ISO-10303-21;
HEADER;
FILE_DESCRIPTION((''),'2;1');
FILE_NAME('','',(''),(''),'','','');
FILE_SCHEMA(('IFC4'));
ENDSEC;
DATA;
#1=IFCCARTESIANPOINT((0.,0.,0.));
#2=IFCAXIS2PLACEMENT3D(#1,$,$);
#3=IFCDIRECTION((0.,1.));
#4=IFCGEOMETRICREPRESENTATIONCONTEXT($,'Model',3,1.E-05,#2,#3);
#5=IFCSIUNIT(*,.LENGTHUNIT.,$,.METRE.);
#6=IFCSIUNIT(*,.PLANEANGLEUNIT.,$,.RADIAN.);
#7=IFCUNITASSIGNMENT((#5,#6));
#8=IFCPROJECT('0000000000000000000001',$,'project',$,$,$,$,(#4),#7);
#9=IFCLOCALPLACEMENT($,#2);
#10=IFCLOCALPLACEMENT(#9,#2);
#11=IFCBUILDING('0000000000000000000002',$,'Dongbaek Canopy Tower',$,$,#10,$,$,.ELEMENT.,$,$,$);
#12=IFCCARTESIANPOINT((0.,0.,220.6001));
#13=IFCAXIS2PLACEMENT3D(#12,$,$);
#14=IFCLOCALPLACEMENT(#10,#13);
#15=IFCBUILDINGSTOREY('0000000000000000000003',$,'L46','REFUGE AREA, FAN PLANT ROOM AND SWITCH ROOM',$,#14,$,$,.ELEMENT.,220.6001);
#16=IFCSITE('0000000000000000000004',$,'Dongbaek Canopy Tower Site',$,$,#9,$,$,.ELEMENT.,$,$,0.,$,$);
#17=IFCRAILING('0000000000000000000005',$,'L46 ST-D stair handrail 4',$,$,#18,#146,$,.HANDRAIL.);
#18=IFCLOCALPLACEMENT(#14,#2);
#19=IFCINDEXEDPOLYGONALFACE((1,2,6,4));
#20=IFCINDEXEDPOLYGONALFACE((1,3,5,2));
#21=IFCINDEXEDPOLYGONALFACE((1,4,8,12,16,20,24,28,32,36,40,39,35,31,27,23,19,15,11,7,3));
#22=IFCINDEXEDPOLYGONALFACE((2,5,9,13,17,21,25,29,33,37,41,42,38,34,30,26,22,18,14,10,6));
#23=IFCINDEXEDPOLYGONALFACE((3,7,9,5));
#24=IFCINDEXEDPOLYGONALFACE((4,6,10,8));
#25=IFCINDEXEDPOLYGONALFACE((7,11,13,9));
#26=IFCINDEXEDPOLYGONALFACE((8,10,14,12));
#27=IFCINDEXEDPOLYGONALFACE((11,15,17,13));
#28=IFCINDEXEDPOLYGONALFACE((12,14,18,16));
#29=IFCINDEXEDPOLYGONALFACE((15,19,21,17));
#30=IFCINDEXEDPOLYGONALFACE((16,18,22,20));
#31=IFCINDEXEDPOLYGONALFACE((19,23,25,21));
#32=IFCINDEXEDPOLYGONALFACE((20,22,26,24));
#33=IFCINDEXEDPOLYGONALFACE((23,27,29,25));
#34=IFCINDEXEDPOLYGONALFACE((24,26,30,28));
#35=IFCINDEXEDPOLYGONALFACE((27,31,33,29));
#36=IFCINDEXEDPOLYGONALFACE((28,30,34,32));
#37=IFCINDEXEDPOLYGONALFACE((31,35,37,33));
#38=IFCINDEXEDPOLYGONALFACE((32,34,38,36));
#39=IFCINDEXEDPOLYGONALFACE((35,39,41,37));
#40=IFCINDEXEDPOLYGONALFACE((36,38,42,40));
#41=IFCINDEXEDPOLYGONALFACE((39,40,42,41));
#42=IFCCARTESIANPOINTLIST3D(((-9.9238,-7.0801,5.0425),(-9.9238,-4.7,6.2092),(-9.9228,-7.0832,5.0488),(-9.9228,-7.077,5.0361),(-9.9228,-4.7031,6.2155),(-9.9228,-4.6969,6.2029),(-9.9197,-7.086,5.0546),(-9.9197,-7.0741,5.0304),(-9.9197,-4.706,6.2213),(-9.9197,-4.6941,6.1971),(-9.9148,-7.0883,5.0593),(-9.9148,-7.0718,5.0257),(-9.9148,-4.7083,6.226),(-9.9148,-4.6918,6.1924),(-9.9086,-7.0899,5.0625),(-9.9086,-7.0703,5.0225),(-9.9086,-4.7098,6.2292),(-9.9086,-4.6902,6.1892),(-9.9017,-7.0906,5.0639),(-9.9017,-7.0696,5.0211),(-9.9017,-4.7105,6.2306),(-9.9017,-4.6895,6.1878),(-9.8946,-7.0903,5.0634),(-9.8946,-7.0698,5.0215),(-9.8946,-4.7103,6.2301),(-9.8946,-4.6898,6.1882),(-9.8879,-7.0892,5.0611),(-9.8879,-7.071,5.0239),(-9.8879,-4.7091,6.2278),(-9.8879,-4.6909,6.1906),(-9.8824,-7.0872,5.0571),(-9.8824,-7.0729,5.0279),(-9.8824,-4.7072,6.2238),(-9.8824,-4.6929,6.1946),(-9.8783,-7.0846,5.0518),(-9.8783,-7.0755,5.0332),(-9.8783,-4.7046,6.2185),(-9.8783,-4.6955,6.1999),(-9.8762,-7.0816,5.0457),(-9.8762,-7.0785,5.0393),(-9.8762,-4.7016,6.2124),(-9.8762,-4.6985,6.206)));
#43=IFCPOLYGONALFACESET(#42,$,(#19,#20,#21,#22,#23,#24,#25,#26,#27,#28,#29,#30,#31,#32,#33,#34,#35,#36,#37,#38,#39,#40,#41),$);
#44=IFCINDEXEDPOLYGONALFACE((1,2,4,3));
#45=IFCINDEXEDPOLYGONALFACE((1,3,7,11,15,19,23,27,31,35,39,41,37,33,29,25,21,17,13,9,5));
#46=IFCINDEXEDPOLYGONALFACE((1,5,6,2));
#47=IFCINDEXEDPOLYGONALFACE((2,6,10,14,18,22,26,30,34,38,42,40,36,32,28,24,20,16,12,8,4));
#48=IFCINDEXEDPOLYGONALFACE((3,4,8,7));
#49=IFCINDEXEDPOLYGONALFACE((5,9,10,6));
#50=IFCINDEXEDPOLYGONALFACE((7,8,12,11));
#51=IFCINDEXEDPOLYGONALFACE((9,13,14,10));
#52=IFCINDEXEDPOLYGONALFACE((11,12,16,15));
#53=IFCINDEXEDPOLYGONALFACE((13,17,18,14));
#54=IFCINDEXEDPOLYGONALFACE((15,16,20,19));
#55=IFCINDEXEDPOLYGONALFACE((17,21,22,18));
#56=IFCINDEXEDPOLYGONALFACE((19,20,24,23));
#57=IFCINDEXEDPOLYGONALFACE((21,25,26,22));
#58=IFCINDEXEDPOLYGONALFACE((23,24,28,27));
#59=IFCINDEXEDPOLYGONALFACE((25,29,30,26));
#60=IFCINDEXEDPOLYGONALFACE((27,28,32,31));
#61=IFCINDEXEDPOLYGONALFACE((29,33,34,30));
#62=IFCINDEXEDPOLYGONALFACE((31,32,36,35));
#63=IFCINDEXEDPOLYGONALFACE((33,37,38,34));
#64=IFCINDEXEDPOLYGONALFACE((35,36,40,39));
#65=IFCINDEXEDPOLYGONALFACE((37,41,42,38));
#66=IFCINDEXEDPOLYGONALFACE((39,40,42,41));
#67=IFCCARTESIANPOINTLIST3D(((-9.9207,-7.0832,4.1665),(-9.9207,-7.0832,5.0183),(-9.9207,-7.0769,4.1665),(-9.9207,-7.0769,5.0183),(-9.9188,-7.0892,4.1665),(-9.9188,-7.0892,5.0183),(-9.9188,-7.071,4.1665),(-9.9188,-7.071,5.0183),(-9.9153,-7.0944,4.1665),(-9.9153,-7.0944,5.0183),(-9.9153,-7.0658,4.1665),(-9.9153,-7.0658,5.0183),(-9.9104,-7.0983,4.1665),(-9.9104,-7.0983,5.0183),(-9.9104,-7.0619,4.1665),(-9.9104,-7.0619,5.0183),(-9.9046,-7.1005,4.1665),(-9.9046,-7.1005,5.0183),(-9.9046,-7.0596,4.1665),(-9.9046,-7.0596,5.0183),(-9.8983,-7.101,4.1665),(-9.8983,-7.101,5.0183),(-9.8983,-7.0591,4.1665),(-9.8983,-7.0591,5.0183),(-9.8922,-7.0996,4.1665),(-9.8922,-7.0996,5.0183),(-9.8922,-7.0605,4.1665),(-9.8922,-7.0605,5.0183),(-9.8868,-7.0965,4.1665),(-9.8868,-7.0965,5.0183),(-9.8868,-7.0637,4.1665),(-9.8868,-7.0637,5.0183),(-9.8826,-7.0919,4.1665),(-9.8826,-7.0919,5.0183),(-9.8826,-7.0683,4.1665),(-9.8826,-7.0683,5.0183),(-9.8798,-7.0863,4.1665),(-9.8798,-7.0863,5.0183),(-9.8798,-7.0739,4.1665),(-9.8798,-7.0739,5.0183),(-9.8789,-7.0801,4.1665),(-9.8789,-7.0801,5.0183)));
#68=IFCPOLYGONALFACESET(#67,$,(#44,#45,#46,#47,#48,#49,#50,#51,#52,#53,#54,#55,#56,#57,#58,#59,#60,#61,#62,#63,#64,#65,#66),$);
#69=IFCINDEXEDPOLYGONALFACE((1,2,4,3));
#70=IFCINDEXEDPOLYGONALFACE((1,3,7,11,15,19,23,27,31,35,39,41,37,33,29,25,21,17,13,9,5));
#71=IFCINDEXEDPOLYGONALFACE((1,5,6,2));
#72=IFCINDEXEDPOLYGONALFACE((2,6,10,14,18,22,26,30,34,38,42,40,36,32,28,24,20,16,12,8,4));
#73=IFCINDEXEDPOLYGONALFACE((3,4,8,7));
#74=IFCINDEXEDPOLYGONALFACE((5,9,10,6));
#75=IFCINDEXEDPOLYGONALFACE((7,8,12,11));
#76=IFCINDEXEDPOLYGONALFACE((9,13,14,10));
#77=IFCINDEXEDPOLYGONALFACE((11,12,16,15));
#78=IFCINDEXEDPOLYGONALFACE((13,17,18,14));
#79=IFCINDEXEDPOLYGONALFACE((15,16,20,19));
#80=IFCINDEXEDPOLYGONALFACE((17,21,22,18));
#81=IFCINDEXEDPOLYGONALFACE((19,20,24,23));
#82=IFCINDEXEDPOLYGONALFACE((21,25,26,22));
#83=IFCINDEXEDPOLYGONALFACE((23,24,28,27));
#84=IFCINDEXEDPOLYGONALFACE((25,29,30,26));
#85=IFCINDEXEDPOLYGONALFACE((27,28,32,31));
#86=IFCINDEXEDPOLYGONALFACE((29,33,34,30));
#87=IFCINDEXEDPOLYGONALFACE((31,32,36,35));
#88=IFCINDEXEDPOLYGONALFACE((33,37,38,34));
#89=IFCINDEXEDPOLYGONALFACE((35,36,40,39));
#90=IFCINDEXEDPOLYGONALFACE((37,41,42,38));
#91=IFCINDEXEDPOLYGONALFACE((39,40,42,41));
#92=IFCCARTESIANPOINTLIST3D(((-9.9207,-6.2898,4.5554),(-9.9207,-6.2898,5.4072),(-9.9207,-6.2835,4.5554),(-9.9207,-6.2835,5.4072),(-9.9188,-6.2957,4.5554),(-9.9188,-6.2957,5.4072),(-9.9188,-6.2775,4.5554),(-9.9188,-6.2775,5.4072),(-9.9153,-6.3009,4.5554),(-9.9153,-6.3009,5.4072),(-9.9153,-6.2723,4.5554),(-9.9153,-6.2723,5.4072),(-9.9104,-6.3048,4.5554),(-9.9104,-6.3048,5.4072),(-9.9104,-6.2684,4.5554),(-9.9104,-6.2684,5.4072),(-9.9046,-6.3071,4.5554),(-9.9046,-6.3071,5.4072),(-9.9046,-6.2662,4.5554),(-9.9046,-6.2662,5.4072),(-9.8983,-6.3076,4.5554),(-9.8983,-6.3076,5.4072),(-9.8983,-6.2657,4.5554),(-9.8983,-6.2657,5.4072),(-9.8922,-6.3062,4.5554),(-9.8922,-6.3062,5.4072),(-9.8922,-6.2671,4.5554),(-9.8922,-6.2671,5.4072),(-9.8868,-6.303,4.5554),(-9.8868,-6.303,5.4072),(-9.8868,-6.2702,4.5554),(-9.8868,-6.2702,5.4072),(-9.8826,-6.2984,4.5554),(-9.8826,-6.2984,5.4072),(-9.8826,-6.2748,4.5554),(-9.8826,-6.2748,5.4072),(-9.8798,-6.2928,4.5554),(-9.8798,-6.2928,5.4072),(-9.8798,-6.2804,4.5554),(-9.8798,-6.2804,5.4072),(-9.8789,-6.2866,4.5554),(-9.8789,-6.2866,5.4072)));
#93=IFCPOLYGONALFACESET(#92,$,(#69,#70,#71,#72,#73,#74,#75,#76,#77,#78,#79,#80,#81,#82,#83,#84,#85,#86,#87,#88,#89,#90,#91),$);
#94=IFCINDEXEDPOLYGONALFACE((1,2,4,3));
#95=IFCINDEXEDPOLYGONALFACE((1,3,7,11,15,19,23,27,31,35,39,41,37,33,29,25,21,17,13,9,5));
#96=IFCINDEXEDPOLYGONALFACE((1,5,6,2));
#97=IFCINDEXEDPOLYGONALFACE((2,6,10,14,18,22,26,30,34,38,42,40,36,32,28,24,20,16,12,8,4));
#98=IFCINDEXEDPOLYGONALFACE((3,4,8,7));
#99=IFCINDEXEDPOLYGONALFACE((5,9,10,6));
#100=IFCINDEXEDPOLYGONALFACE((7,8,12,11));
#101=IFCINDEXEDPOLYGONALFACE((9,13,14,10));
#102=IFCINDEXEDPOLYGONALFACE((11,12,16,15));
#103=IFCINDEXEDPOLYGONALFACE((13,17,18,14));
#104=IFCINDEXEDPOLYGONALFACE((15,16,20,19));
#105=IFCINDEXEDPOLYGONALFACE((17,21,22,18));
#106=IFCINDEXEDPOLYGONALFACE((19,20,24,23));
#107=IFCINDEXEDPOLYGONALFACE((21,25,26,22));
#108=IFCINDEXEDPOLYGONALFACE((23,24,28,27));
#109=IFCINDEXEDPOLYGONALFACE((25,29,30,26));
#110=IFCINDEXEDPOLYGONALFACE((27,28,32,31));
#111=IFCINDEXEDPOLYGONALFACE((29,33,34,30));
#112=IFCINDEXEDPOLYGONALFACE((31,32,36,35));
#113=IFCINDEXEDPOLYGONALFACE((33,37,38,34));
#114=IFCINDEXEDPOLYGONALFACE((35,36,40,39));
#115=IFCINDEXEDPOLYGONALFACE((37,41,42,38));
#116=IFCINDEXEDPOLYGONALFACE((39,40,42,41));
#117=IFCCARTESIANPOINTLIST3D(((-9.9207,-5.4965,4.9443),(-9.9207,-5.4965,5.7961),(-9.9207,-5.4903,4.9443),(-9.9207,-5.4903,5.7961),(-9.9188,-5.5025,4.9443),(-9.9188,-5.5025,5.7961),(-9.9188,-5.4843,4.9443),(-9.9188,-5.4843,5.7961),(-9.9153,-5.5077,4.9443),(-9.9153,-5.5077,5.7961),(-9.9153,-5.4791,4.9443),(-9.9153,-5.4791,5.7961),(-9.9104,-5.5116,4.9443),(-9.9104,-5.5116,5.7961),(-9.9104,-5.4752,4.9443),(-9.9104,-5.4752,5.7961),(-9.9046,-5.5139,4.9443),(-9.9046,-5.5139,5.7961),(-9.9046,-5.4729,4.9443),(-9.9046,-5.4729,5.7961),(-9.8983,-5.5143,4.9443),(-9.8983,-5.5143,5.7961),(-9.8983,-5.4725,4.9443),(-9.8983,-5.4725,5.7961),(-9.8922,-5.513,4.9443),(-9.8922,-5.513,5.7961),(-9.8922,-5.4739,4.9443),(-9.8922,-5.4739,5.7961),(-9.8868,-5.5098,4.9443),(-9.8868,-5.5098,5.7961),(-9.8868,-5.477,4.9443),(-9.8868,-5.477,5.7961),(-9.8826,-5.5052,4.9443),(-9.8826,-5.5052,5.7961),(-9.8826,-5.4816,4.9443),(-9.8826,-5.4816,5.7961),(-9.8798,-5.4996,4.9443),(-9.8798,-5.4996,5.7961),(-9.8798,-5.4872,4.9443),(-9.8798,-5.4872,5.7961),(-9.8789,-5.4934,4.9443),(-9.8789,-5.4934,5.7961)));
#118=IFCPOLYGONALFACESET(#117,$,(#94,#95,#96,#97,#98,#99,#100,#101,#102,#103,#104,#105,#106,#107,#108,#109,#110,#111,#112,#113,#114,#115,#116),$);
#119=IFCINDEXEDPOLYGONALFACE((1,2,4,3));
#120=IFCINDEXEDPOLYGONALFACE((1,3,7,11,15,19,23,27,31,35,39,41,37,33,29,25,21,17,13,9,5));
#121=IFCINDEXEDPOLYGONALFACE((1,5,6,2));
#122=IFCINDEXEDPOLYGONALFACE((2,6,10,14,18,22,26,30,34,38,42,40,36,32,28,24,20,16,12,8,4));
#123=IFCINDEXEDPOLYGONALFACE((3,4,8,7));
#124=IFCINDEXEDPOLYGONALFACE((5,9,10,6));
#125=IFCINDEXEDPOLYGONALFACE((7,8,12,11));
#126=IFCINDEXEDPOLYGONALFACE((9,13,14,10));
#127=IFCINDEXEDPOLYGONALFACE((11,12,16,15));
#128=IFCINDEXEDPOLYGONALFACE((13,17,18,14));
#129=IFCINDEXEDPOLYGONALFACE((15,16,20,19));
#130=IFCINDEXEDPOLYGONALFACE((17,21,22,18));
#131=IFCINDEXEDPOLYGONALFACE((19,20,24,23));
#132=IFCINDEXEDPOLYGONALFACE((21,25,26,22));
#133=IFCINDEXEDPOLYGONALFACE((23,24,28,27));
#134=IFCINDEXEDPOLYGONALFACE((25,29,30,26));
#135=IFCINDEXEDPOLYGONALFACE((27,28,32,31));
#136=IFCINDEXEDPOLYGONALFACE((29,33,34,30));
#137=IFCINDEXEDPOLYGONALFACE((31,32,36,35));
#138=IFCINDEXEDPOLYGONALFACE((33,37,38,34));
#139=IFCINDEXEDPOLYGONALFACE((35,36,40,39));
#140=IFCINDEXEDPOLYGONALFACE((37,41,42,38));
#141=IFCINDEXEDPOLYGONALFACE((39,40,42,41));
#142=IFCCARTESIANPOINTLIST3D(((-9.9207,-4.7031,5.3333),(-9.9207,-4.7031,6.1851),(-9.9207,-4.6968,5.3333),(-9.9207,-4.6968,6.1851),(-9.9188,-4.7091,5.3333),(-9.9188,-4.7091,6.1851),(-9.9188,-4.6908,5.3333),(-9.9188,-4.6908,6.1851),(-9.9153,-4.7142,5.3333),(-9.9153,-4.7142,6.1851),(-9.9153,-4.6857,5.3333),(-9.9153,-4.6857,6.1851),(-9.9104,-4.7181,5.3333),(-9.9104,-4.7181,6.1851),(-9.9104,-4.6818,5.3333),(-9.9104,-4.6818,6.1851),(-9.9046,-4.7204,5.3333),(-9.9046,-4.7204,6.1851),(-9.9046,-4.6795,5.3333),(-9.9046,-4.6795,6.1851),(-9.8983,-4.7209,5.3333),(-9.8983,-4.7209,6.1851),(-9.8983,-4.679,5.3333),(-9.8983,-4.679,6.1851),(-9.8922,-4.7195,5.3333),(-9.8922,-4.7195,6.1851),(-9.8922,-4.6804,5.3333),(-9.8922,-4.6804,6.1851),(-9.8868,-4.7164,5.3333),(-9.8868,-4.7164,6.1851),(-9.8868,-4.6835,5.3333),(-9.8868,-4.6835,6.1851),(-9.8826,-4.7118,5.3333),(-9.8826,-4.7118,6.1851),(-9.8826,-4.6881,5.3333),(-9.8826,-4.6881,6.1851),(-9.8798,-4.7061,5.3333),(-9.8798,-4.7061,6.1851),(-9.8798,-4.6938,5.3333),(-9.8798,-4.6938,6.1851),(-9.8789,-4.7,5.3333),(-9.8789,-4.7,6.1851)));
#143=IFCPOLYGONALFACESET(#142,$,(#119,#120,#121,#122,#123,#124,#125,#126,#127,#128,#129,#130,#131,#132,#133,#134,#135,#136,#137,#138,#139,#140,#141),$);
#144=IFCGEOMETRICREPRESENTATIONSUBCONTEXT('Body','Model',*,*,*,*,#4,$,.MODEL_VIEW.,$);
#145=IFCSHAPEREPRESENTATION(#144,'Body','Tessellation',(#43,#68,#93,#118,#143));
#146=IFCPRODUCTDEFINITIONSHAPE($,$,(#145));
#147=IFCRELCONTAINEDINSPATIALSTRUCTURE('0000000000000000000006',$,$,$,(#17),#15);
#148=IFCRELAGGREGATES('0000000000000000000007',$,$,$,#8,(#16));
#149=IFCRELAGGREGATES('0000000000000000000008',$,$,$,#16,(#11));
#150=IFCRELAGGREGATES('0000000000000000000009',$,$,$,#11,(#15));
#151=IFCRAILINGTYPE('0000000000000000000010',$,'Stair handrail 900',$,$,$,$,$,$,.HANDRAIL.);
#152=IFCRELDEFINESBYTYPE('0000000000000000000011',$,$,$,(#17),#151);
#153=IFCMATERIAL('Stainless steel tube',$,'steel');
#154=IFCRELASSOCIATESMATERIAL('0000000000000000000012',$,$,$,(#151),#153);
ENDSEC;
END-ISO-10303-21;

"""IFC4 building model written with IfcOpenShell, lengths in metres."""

from ifc_helpers import new_model, si_unit, direction, frame, origin, origin_2d, place, context, subcontext, project, spatial, circle, extrude, material, type_object, element, save


model = new_model("IFC4")

# Units and contexts
model_context = context("Model", 3, precision=1e-05, world=origin(), true_north=direction((0.0, 1.0)))
body_context = subcontext(model_context, "Body", "Model", "MODEL_VIEW")
ifc_project = project(units=[si_unit("LENGTHUNIT", "METRE"), si_unit("PLANEANGLEUNIT", "RADIAN")], contexts=[model_context])

# Site, building, storey
site_placement = place(None, origin())
site = spatial("IfcSite", under=ifc_project, at=site_placement, Name="Dongbaek Canopy Tower Site", CompositionType="ELEMENT", RefElevation=0.0)
building_placement = place(site_placement, origin())
building = spatial("IfcBuilding", under=site, at=building_placement, Name="Dongbaek Canopy Tower", CompositionType="ELEMENT")
storey_placement = place(building_placement, frame((0.0, 0.0, 220.6001)))
storey = spatial("IfcBuildingStorey", under=building, at=storey_placement, Name="L46", Description="REFUGE AREA, FAN PLANT ROOM AND SWITCH ROOM", CompositionType="ELEMENT", Elevation=220.6001)

# Railing
ifc_material_1 = material(Name="Stainless steel tube", Category="steel")
railing_type_1 = type_object("IfcRailingType", Name="Stair handrail 900", PredefinedType="HANDRAIL", material=ifc_material_1)
railing_1_placement = place(storey_placement, frame((-9.8999, -7.0801, 4.1665)))
element("IfcRailing", 1, at=railing_1_placement, inside=storey, type_object=railing_type_1, Name="L46 ST-D stair handrail 4", PredefinedType="HANDRAIL", context=body_context, shape_type="SweptSolid", body=[
    extrude(circle(Radius=0.0239, at=origin_2d()), frame((0.0, 0.0, 0.876), z_axis=(0.0, 0.897918, 0.440163), x_axis=(-1.0, 0.0, 0.0)), (0.0, 0.0, 1.0), 2.6506),
    extrude(circle(Radius=0.021, at=origin_2d()), origin(), (0.0, 0.0, 1.0), 0.8518),
    extrude(circle(Radius=0.021, at=origin_2d()), frame((0.0, 0.7935, 0.3889)), (0.0, 0.0, 1.0), 0.8518),
    extrude(circle(Radius=0.021, at=origin_2d()), frame((0.0, 1.5867, 0.7778)), (0.0, 0.0, 1.0), 0.8518),
    extrude(circle(Radius=0.021, at=origin_2d()), frame((0.0, 2.3801, 1.1667)), (0.0, 0.0, 1.0), 0.8518),
])

save(model, "model.ifc")
